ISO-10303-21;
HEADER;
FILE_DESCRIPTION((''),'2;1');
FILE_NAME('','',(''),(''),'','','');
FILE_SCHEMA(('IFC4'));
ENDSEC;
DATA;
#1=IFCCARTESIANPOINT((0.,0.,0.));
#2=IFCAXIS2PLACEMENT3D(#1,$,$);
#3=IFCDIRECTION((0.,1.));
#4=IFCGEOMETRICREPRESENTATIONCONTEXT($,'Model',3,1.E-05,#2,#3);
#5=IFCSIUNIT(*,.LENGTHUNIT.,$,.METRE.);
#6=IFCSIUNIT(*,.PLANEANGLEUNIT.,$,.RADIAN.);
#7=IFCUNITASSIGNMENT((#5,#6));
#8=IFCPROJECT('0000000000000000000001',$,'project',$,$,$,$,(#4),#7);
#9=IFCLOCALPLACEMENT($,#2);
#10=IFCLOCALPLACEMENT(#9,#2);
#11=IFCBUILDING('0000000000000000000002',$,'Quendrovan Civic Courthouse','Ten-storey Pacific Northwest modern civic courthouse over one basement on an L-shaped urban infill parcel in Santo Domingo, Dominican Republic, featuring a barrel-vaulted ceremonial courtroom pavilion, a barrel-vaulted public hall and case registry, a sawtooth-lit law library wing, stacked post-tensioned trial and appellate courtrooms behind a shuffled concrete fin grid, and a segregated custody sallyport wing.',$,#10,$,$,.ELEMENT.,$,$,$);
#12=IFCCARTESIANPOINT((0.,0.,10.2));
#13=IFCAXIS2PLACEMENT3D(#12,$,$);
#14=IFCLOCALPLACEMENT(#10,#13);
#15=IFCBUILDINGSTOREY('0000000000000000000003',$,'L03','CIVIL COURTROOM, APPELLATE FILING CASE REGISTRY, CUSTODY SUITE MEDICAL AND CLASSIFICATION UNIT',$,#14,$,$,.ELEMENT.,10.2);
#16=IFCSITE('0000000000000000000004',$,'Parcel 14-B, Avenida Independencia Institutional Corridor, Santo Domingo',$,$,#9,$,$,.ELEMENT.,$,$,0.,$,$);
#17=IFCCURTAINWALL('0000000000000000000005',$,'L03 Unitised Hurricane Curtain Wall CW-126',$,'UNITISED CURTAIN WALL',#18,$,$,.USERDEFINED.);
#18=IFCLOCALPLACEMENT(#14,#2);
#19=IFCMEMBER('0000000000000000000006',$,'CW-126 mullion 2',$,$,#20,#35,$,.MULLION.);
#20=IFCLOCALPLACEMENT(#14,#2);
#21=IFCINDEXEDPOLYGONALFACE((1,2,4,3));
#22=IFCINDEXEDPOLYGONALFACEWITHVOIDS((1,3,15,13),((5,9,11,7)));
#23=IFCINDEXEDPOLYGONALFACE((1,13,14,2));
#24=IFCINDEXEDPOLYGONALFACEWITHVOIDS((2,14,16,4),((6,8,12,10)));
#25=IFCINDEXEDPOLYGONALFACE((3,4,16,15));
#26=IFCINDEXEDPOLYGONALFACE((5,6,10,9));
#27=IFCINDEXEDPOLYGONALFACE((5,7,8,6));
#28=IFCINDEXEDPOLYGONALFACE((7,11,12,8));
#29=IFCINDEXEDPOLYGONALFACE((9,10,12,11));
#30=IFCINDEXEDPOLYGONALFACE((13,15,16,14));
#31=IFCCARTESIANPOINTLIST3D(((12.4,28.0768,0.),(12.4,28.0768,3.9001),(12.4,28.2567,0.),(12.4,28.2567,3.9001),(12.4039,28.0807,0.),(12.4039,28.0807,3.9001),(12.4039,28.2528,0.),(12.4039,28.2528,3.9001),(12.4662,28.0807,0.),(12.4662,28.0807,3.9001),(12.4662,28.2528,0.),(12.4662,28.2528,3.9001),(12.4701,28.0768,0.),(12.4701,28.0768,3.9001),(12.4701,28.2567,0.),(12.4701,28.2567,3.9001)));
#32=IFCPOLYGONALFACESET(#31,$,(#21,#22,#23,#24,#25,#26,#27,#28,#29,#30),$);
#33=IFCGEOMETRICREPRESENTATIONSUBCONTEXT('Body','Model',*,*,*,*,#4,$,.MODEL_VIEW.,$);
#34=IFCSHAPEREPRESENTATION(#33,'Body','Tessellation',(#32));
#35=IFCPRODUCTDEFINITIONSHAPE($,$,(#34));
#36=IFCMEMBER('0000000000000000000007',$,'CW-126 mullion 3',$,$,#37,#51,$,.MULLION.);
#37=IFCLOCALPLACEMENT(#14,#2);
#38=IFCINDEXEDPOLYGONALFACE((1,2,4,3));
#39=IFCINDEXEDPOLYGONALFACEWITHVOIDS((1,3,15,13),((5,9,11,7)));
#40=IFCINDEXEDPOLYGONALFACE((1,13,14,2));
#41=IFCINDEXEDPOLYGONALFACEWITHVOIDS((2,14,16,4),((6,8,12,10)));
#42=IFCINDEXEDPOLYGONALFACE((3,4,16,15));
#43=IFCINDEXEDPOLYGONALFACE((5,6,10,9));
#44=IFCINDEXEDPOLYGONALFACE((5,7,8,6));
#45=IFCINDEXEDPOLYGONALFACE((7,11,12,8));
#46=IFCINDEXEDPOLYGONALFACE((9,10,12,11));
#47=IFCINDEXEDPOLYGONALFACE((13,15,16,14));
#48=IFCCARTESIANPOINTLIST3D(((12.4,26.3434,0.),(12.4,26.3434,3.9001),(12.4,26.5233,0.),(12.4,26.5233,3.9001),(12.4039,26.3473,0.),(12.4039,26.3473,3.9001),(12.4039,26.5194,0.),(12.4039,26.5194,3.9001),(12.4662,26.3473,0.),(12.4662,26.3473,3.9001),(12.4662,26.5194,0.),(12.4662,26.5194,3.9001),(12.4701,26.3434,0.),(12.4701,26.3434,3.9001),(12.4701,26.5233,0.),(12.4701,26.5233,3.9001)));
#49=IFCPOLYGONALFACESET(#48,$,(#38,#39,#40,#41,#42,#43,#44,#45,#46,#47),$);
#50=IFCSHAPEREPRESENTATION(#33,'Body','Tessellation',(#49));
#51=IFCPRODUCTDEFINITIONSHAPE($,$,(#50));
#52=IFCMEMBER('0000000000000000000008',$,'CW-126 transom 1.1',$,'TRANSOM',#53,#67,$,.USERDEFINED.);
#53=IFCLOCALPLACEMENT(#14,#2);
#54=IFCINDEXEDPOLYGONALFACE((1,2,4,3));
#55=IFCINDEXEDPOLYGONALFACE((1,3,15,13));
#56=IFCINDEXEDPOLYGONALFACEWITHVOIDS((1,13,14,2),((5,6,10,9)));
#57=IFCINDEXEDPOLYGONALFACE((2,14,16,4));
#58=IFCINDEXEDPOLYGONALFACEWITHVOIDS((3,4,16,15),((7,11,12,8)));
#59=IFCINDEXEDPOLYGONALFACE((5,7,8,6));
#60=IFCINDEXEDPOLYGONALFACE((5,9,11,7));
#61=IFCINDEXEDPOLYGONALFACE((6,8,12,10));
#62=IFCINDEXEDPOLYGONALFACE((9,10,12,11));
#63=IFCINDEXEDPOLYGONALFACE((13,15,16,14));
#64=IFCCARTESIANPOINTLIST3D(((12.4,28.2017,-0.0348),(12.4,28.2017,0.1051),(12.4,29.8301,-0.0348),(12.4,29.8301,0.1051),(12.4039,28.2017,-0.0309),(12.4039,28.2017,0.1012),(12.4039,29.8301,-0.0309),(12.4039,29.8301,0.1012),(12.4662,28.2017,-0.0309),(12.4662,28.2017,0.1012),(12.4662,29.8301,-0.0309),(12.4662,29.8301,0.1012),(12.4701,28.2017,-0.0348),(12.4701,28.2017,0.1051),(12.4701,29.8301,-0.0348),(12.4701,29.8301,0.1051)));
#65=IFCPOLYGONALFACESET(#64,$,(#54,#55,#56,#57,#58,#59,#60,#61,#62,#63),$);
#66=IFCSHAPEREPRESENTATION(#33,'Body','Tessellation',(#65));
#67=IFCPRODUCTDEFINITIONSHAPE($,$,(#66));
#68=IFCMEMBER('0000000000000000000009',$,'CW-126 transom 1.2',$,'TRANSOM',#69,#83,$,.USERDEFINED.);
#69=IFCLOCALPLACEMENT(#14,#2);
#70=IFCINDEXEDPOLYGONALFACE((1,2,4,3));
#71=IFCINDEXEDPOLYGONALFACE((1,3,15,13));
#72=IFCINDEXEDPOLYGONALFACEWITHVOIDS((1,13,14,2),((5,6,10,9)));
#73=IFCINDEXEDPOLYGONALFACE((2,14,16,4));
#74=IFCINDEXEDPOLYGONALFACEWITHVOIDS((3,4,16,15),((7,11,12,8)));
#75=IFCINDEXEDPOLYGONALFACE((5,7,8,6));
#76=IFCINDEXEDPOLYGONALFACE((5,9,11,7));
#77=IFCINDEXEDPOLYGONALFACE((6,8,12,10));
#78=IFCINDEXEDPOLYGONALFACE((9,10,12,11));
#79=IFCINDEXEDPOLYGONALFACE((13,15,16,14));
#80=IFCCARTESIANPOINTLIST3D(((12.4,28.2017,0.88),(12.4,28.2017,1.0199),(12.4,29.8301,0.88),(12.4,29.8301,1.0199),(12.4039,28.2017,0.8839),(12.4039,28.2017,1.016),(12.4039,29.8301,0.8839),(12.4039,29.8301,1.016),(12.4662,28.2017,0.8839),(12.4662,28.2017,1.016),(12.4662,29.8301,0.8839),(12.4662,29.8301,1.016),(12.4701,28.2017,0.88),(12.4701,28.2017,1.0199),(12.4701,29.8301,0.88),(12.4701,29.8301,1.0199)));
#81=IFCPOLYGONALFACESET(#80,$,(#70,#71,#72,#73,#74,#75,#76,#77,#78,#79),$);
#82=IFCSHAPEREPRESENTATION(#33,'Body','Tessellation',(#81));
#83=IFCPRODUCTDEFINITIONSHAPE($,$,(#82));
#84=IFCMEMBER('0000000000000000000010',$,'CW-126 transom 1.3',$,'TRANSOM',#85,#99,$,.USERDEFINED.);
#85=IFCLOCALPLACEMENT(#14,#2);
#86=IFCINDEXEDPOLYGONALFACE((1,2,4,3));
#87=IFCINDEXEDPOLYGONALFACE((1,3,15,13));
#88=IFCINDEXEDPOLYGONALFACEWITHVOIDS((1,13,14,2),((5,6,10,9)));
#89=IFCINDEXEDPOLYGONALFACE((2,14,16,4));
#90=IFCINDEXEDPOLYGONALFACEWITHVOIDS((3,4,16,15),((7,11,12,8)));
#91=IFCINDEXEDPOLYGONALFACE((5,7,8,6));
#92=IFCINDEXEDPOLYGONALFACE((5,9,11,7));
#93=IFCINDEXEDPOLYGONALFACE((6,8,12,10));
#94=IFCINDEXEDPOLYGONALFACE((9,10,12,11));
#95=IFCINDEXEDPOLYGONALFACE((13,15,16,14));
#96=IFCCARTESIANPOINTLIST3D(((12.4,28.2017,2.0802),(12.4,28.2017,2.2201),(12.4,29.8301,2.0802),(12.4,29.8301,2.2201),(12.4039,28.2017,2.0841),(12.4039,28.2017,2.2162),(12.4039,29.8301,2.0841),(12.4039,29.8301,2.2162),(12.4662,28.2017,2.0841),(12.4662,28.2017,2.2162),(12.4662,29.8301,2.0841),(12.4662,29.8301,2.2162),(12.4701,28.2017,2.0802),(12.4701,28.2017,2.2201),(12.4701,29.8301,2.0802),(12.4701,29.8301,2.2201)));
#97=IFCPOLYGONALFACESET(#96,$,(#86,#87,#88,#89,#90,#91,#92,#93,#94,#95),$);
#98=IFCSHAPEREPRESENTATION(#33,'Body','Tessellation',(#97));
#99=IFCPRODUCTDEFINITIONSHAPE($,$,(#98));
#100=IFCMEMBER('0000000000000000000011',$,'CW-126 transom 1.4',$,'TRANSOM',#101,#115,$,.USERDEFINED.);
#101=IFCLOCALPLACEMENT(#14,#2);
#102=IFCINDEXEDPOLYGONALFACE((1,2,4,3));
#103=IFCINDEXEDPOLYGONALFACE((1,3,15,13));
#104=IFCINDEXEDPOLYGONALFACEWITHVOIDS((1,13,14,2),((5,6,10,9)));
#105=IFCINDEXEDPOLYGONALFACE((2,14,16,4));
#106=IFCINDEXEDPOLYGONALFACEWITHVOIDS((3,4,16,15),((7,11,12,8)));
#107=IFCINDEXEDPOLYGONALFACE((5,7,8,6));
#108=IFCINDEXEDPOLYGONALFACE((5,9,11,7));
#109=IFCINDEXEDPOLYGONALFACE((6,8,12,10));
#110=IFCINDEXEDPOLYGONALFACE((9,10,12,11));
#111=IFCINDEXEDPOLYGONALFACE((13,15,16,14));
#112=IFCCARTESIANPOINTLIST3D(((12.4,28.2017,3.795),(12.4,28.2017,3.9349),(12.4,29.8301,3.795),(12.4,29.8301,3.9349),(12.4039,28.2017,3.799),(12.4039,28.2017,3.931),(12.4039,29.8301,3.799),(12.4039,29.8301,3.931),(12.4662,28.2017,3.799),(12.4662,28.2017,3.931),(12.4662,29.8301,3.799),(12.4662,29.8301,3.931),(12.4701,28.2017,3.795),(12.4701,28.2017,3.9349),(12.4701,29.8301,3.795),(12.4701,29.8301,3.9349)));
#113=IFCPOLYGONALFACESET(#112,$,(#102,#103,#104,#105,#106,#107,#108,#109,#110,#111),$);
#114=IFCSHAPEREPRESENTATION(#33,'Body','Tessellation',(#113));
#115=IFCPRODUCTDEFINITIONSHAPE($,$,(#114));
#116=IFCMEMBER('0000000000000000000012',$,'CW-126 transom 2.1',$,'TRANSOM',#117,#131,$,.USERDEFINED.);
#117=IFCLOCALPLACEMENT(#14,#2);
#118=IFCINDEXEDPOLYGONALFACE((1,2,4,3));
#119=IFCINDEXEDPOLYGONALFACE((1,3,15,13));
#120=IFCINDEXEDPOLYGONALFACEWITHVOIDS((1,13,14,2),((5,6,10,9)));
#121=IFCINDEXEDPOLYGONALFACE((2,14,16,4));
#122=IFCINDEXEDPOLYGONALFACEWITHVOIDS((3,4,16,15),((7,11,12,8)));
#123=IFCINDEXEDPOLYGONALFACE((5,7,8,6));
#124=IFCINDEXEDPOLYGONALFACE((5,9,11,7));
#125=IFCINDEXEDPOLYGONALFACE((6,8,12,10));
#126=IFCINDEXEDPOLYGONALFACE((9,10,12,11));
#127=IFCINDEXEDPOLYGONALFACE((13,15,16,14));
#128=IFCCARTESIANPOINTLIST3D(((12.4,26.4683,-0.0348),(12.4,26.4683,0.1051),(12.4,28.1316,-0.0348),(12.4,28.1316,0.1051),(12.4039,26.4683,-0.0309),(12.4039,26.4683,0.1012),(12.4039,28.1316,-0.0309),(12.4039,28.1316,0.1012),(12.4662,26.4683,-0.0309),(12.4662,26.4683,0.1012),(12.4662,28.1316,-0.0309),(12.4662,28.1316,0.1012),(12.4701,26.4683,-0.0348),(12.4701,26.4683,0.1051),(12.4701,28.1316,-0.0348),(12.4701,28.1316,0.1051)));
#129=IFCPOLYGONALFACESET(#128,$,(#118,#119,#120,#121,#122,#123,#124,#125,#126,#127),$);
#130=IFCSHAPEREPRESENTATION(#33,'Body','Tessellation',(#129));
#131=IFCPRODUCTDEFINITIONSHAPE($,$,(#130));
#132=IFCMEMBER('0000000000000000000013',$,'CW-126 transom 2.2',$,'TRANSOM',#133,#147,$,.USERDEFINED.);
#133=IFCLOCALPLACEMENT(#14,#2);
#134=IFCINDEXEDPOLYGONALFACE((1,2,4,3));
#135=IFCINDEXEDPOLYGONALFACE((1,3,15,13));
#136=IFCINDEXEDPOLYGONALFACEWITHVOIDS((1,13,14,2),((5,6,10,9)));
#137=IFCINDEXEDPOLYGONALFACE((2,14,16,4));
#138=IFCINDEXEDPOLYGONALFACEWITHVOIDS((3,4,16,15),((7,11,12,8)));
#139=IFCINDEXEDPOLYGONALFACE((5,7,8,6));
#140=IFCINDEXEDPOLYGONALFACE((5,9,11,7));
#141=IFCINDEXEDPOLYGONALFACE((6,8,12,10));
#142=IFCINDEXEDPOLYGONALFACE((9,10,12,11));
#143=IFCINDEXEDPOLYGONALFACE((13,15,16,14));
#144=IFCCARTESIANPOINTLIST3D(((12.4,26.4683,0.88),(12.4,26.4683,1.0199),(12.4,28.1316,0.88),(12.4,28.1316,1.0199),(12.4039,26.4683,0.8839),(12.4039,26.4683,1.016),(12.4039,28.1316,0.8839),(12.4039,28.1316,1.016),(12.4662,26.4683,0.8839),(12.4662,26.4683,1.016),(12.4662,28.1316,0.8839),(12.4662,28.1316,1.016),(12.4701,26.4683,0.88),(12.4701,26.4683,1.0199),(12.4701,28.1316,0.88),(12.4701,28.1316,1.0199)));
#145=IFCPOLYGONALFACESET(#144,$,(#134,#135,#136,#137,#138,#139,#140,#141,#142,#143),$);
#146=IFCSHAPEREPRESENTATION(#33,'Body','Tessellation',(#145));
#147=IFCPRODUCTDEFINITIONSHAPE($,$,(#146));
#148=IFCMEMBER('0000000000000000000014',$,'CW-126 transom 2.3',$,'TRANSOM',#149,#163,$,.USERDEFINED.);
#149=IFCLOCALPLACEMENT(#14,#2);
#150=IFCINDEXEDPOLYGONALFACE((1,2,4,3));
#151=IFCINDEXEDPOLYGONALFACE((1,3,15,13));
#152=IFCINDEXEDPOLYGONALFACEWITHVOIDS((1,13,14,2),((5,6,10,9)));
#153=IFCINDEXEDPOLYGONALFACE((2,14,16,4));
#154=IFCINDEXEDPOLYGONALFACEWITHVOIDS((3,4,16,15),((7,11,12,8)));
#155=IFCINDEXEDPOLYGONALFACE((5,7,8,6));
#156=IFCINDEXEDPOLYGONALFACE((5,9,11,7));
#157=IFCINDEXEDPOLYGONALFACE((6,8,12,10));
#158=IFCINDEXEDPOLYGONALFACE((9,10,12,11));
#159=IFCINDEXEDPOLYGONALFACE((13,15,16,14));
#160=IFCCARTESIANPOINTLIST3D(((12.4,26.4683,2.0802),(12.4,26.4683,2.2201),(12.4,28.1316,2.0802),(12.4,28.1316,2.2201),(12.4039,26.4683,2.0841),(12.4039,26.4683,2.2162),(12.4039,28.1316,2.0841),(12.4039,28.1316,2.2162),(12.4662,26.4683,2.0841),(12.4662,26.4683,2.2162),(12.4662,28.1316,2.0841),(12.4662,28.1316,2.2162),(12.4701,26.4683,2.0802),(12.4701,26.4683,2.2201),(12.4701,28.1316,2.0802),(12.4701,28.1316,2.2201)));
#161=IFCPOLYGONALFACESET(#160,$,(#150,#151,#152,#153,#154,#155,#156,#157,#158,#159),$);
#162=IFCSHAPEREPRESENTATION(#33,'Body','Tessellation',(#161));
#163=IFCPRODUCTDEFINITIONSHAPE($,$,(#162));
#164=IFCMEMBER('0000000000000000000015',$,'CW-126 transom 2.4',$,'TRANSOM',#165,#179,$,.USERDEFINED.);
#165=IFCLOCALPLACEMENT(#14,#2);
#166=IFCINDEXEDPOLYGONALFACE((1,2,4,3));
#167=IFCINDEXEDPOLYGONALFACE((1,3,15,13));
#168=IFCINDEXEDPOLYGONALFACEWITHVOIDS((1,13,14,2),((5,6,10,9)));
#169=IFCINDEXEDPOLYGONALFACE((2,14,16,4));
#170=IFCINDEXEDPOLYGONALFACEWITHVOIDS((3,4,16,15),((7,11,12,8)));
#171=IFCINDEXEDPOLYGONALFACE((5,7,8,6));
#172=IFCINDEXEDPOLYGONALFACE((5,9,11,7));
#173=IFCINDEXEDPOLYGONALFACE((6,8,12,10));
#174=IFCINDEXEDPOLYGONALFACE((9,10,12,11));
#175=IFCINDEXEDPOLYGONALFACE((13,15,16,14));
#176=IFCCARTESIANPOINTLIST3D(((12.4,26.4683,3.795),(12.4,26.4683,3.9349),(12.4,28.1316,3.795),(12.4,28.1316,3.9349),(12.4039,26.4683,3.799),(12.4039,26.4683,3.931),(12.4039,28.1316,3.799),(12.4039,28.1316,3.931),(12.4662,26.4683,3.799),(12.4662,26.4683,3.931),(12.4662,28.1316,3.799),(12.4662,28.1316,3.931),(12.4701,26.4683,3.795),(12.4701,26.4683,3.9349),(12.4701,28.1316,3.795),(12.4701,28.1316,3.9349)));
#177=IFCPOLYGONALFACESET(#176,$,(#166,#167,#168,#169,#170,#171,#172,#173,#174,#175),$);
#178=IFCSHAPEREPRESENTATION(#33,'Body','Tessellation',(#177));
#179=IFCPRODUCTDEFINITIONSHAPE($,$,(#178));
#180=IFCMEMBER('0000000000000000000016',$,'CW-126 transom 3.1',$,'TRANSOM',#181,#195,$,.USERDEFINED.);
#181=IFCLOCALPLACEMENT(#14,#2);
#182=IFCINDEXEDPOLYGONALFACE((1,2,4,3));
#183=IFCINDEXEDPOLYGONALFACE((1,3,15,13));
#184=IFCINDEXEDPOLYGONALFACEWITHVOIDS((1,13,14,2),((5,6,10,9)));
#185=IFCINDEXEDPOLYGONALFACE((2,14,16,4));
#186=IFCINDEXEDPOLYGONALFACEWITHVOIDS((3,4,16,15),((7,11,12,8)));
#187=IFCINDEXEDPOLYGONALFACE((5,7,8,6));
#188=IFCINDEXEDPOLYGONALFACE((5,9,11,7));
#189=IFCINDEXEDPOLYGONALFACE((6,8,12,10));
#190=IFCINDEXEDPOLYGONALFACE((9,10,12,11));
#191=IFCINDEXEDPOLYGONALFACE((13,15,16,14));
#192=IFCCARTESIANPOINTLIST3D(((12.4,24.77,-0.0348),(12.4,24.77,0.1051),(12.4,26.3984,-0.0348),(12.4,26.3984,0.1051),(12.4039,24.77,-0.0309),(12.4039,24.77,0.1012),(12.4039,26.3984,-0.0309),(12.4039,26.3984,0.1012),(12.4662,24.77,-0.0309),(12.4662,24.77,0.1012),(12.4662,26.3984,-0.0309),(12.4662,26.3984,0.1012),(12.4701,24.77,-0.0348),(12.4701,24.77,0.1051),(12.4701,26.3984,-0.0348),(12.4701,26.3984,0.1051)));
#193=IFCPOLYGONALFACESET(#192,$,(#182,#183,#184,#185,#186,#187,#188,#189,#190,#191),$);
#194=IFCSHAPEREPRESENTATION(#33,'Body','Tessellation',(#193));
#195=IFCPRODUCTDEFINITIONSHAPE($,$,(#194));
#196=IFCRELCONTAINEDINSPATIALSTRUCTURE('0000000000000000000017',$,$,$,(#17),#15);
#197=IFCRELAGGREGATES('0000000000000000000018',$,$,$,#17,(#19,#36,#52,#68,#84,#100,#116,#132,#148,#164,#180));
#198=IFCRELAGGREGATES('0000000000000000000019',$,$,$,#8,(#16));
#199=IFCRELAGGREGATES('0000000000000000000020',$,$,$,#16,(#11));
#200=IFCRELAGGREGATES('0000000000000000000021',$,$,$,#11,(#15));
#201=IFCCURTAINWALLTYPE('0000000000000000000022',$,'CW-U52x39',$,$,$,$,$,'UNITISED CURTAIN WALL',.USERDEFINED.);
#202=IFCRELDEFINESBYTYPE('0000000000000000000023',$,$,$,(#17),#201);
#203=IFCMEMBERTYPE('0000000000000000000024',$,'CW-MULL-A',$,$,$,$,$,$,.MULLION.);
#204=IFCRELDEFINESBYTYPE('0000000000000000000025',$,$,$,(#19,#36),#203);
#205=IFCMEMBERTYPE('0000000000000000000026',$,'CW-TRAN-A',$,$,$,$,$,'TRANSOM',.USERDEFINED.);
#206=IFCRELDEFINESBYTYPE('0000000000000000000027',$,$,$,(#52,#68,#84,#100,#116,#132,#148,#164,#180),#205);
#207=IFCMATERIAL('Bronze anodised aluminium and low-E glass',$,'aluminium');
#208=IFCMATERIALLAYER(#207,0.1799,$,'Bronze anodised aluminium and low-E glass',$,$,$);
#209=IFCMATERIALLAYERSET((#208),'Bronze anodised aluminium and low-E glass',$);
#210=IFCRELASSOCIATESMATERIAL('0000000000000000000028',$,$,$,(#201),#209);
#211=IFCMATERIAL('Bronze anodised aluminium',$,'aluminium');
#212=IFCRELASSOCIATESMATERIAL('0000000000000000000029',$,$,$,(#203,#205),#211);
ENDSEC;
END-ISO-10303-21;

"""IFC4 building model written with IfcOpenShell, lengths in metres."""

from ifc_helpers import new_model, si_unit, direction, frame, origin, origin_2d, place, context, subcontext, project, spatial, hollow_rectangle, extrude, material, layer, layer_set, material_profile, profile_set, type_object, element, aggregate, save


model = new_model("IFC4")

# Units and contexts
model_context = context("Model", 3, precision=1e-05, world=origin(), true_north=direction((0.0, 1.0)))
body_context = subcontext(model_context, "Body", "Model", "MODEL_VIEW")
ifc_project = project(units=[si_unit("LENGTHUNIT", "METRE"), si_unit("PLANEANGLEUNIT", "RADIAN")], contexts=[model_context])

# Site, building, storey
site_placement = place(None, origin())
site = spatial("IfcSite", under=ifc_project, at=site_placement, Name="Parcel 14-B, Avenida Independencia Institutional Corridor, Santo Domingo", CompositionType="ELEMENT", RefElevation=0.0)
building_placement = place(site_placement, origin())
building = spatial("IfcBuilding", under=site, at=building_placement, Name="Quendrovan Civic Courthouse", Description="Ten-storey Pacific Northwest modern civic courthouse over one basement on an L-shaped urban infill parcel in Santo Domingo, Dominican Republic, featuring a barrel-vaulted ceremonial courtroom pavilion, a barrel-vaulted public hall and case registry, a sawtooth-lit law library wing, stacked post-tensioned trial and appellate courtrooms behind a shuffled concrete fin grid, and a segregated custody sallyport wing.", CompositionType="ELEMENT")
storey_placement = place(building_placement, frame((0.0, 0.0, 10.2)))
storey = spatial("IfcBuildingStorey", under=building, at=storey_placement, Name="L03", Description="CIVIL COURTROOM, APPELLATE FILING CASE REGISTRY, CUSTODY SUITE MEDICAL AND CLASSIFICATION UNIT", CompositionType="ELEMENT", Elevation=10.2)

# Curtain wall, members
ifc_material_1 = material(Name="Bronze anodised aluminium and low-E glass", Category="aluminium")
ifc_layer_1 = layer(ifc_material_1, 0.1799, Name="Bronze anodised aluminium and low-E glass")
ifc_layer_set_1 = layer_set([ifc_layer_1], Name="Bronze anodised aluminium and low-E glass")
curtain_wall_type = type_object("IfcCurtainWallType", Name="CW-U52x39", ElementType="UNITISED CURTAIN WALL", PredefinedType="USERDEFINED", material=ifc_layer_set_1)
curtain_wall_placement = place(storey_placement, origin())
curtain_wall = element("IfcCurtainWall", 1, at=curtain_wall_placement, inside=storey, type_object=curtain_wall_type, Name="L03 Unitised Hurricane Curtain Wall CW-126", ObjectType="UNITISED CURTAIN WALL", PredefinedType="USERDEFINED")
ifc_material_2 = material(Name="Bronze anodised aluminium", Category="aluminium")
ifc_material_profile_1 = material_profile(ifc_material_2, hollow_rectangle(XDim=0.0701, YDim=0.1799, WallThickness=0.0039, at=origin_2d()), Name="CW-MULL-70x180")
ifc_profile_set_1 = profile_set([ifc_material_profile_1], Name="Bronze anodised aluminium")
member_type_1 = type_object("IfcMemberType", Name="CW-MULL-A", PredefinedType="MULLION", material=ifc_profile_set_1)
member_1_placement = place(storey_placement, frame((12.4351, 28.1667, 0.0), z_axis=(0.0, 0.0, 1.0), x_axis=(1.0, 0.0, 0.0)))
member_1 = element("IfcMember", 2, at=member_1_placement, type_object=member_type_1, Name="CW-126 mullion 2", PredefinedType="MULLION", context=body_context, shape_type="SweptSolid", body=[
    extrude(hollow_rectangle(XDim=0.0701, YDim=0.1799, WallThickness=0.0039, at=origin_2d()), origin(), (0.0, 0.0, 1.0), 3.9001),
])
member_2_placement = place(storey_placement, frame((12.4351, 26.4333, 0.0), z_axis=(0.0, 0.0, 1.0), x_axis=(1.0, 0.0, 0.0)))
member_2 = element("IfcMember", 3, at=member_2_placement, type_object=member_type_1, Name="CW-126 mullion 3", PredefinedType="MULLION", context=body_context, shape_type="SweptSolid", body=[
    extrude(hollow_rectangle(XDim=0.0701, YDim=0.1799, WallThickness=0.0039, at=origin_2d()), origin(), (0.0, 0.0, 1.0), 3.9001),
])
ifc_material_profile_2 = material_profile(ifc_material_2, hollow_rectangle(XDim=0.0701, YDim=0.1399, WallThickness=0.0039, at=origin_2d()), Name="CW-TRAN-70x140")
ifc_profile_set_2 = profile_set([ifc_material_profile_2], Name="Bronze anodised aluminium")
member_type_2 = type_object("IfcMemberType", Name="CW-TRAN-A", ElementType="TRANSOM", PredefinedType="USERDEFINED", material=ifc_profile_set_2)
member_3_placement = place(storey_placement, frame((12.4351, 29.8301, 0.0352), z_axis=(0.0, -1.0, 0.0), x_axis=(1.0, 0.0, 0.0)))
member_3 = element("IfcMember", 4, at=member_3_placement, type_object=member_type_2, Name="CW-126 transom 1.1", ObjectType="TRANSOM", PredefinedType="USERDEFINED", context=body_context, shape_type="SweptSolid", body=[
    extrude(hollow_rectangle(XDim=0.0701, YDim=0.1399, WallThickness=0.0039, at=origin_2d()), origin(), (0.0, 0.0, 1.0), 1.6284),
])
member_4_placement = place(storey_placement, frame((12.4351, 29.8301, 0.95), z_axis=(0.0, -1.0, 0.0), x_axis=(1.0, 0.0, 0.0)))
member_4 = element("IfcMember", 5, at=member_4_placement, type_object=member_type_2, Name="CW-126 transom 1.2", ObjectType="TRANSOM", PredefinedType="USERDEFINED", context=body_context, shape_type="SweptSolid", body=[
    extrude(hollow_rectangle(XDim=0.0701, YDim=0.1399, WallThickness=0.0039, at=origin_2d()), origin(), (0.0, 0.0, 1.0), 1.6284),
])
member_5_placement = place(storey_placement, frame((12.4351, 29.8301, 2.1501), z_axis=(0.0, -1.0, 0.0), x_axis=(1.0, 0.0, 0.0)))
member_5 = element("IfcMember", 6, at=member_5_placement, type_object=member_type_2, Name="CW-126 transom 1.3", ObjectType="TRANSOM", PredefinedType="USERDEFINED", context=body_context, shape_type="SweptSolid", body=[
    extrude(hollow_rectangle(XDim=0.0701, YDim=0.1399, WallThickness=0.0039, at=origin_2d()), origin(), (0.0, 0.0, 1.0), 1.6284),
])
member_6_placement = place(storey_placement, frame((12.4351, 29.8301, 3.865), z_axis=(0.0, -1.0, 0.0), x_axis=(1.0, 0.0, 0.0)))
member_6 = element("IfcMember", 7, at=member_6_placement, type_object=member_type_2, Name="CW-126 transom 1.4", ObjectType="TRANSOM", PredefinedType="USERDEFINED", context=body_context, shape_type="SweptSolid", body=[
    extrude(hollow_rectangle(XDim=0.0701, YDim=0.1399, WallThickness=0.0039, at=origin_2d()), origin(), (0.0, 0.0, 1.0), 1.6284),
])
member_7_placement = place(storey_placement, frame((12.4351, 28.1316, 0.0352), z_axis=(0.0, -1.0, 0.0), x_axis=(1.0, 0.0, 0.0)))
member_7 = element("IfcMember", 8, at=member_7_placement, type_object=member_type_2, Name="CW-126 transom 2.1", ObjectType="TRANSOM", PredefinedType="USERDEFINED", context=body_context, shape_type="SweptSolid", body=[
    extrude(hollow_rectangle(XDim=0.0701, YDim=0.1399, WallThickness=0.0039, at=origin_2d()), origin(), (0.0, 0.0, 1.0), 1.6633),
])
member_8_placement = place(storey_placement, frame((12.4351, 28.1316, 0.95), z_axis=(0.0, -1.0, 0.0), x_axis=(1.0, 0.0, 0.0)))
member_8 = element("IfcMember", 9, at=member_8_placement, type_object=member_type_2, Name="CW-126 transom 2.2", ObjectType="TRANSOM", PredefinedType="USERDEFINED", context=body_context, shape_type="SweptSolid", body=[
    extrude(hollow_rectangle(XDim=0.0701, YDim=0.1399, WallThickness=0.0039, at=origin_2d()), origin(), (0.0, 0.0, 1.0), 1.6633),
])
member_9_placement = place(storey_placement, frame((12.4351, 28.1316, 2.1501), z_axis=(0.0, -1.0, 0.0), x_axis=(1.0, 0.0, 0.0)))
member_9 = element("IfcMember", 10, at=member_9_placement, type_object=member_type_2, Name="CW-126 transom 2.3", ObjectType="TRANSOM", PredefinedType="USERDEFINED", context=body_context, shape_type="SweptSolid", body=[
    extrude(hollow_rectangle(XDim=0.0701, YDim=0.1399, WallThickness=0.0039, at=origin_2d()), origin(), (0.0, 0.0, 1.0), 1.6633),
])
member_10_placement = place(storey_placement, frame((12.4351, 28.1316, 3.865), z_axis=(0.0, -1.0, 0.0), x_axis=(1.0, 0.0, 0.0)))
member_10 = element("IfcMember", 11, at=member_10_placement, type_object=member_type_2, Name="CW-126 transom 2.4", ObjectType="TRANSOM", PredefinedType="USERDEFINED", context=body_context, shape_type="SweptSolid", body=[
    extrude(hollow_rectangle(XDim=0.0701, YDim=0.1399, WallThickness=0.0039, at=origin_2d()), origin(), (0.0, 0.0, 1.0), 1.6633),
])
member_11_placement = place(storey_placement, frame((12.4351, 26.3984, 0.0352), z_axis=(0.0, -1.0, 0.0), x_axis=(1.0, 0.0, 0.0)))
member_11 = element("IfcMember", 12, at=member_11_placement, type_object=member_type_2, Name="CW-126 transom 3.1", ObjectType="TRANSOM", PredefinedType="USERDEFINED", context=body_context, shape_type="SweptSolid", body=[
    extrude(hollow_rectangle(XDim=0.0701, YDim=0.1399, WallThickness=0.0039, at=origin_2d()), origin(), (0.0, 0.0, 1.0), 1.6284),
])
aggregate(curtain_wall, [member_1, member_2, member_3, member_4, member_5, member_6, member_7, member_8, member_9, member_10, member_11])

save(model, "model.ifc")
